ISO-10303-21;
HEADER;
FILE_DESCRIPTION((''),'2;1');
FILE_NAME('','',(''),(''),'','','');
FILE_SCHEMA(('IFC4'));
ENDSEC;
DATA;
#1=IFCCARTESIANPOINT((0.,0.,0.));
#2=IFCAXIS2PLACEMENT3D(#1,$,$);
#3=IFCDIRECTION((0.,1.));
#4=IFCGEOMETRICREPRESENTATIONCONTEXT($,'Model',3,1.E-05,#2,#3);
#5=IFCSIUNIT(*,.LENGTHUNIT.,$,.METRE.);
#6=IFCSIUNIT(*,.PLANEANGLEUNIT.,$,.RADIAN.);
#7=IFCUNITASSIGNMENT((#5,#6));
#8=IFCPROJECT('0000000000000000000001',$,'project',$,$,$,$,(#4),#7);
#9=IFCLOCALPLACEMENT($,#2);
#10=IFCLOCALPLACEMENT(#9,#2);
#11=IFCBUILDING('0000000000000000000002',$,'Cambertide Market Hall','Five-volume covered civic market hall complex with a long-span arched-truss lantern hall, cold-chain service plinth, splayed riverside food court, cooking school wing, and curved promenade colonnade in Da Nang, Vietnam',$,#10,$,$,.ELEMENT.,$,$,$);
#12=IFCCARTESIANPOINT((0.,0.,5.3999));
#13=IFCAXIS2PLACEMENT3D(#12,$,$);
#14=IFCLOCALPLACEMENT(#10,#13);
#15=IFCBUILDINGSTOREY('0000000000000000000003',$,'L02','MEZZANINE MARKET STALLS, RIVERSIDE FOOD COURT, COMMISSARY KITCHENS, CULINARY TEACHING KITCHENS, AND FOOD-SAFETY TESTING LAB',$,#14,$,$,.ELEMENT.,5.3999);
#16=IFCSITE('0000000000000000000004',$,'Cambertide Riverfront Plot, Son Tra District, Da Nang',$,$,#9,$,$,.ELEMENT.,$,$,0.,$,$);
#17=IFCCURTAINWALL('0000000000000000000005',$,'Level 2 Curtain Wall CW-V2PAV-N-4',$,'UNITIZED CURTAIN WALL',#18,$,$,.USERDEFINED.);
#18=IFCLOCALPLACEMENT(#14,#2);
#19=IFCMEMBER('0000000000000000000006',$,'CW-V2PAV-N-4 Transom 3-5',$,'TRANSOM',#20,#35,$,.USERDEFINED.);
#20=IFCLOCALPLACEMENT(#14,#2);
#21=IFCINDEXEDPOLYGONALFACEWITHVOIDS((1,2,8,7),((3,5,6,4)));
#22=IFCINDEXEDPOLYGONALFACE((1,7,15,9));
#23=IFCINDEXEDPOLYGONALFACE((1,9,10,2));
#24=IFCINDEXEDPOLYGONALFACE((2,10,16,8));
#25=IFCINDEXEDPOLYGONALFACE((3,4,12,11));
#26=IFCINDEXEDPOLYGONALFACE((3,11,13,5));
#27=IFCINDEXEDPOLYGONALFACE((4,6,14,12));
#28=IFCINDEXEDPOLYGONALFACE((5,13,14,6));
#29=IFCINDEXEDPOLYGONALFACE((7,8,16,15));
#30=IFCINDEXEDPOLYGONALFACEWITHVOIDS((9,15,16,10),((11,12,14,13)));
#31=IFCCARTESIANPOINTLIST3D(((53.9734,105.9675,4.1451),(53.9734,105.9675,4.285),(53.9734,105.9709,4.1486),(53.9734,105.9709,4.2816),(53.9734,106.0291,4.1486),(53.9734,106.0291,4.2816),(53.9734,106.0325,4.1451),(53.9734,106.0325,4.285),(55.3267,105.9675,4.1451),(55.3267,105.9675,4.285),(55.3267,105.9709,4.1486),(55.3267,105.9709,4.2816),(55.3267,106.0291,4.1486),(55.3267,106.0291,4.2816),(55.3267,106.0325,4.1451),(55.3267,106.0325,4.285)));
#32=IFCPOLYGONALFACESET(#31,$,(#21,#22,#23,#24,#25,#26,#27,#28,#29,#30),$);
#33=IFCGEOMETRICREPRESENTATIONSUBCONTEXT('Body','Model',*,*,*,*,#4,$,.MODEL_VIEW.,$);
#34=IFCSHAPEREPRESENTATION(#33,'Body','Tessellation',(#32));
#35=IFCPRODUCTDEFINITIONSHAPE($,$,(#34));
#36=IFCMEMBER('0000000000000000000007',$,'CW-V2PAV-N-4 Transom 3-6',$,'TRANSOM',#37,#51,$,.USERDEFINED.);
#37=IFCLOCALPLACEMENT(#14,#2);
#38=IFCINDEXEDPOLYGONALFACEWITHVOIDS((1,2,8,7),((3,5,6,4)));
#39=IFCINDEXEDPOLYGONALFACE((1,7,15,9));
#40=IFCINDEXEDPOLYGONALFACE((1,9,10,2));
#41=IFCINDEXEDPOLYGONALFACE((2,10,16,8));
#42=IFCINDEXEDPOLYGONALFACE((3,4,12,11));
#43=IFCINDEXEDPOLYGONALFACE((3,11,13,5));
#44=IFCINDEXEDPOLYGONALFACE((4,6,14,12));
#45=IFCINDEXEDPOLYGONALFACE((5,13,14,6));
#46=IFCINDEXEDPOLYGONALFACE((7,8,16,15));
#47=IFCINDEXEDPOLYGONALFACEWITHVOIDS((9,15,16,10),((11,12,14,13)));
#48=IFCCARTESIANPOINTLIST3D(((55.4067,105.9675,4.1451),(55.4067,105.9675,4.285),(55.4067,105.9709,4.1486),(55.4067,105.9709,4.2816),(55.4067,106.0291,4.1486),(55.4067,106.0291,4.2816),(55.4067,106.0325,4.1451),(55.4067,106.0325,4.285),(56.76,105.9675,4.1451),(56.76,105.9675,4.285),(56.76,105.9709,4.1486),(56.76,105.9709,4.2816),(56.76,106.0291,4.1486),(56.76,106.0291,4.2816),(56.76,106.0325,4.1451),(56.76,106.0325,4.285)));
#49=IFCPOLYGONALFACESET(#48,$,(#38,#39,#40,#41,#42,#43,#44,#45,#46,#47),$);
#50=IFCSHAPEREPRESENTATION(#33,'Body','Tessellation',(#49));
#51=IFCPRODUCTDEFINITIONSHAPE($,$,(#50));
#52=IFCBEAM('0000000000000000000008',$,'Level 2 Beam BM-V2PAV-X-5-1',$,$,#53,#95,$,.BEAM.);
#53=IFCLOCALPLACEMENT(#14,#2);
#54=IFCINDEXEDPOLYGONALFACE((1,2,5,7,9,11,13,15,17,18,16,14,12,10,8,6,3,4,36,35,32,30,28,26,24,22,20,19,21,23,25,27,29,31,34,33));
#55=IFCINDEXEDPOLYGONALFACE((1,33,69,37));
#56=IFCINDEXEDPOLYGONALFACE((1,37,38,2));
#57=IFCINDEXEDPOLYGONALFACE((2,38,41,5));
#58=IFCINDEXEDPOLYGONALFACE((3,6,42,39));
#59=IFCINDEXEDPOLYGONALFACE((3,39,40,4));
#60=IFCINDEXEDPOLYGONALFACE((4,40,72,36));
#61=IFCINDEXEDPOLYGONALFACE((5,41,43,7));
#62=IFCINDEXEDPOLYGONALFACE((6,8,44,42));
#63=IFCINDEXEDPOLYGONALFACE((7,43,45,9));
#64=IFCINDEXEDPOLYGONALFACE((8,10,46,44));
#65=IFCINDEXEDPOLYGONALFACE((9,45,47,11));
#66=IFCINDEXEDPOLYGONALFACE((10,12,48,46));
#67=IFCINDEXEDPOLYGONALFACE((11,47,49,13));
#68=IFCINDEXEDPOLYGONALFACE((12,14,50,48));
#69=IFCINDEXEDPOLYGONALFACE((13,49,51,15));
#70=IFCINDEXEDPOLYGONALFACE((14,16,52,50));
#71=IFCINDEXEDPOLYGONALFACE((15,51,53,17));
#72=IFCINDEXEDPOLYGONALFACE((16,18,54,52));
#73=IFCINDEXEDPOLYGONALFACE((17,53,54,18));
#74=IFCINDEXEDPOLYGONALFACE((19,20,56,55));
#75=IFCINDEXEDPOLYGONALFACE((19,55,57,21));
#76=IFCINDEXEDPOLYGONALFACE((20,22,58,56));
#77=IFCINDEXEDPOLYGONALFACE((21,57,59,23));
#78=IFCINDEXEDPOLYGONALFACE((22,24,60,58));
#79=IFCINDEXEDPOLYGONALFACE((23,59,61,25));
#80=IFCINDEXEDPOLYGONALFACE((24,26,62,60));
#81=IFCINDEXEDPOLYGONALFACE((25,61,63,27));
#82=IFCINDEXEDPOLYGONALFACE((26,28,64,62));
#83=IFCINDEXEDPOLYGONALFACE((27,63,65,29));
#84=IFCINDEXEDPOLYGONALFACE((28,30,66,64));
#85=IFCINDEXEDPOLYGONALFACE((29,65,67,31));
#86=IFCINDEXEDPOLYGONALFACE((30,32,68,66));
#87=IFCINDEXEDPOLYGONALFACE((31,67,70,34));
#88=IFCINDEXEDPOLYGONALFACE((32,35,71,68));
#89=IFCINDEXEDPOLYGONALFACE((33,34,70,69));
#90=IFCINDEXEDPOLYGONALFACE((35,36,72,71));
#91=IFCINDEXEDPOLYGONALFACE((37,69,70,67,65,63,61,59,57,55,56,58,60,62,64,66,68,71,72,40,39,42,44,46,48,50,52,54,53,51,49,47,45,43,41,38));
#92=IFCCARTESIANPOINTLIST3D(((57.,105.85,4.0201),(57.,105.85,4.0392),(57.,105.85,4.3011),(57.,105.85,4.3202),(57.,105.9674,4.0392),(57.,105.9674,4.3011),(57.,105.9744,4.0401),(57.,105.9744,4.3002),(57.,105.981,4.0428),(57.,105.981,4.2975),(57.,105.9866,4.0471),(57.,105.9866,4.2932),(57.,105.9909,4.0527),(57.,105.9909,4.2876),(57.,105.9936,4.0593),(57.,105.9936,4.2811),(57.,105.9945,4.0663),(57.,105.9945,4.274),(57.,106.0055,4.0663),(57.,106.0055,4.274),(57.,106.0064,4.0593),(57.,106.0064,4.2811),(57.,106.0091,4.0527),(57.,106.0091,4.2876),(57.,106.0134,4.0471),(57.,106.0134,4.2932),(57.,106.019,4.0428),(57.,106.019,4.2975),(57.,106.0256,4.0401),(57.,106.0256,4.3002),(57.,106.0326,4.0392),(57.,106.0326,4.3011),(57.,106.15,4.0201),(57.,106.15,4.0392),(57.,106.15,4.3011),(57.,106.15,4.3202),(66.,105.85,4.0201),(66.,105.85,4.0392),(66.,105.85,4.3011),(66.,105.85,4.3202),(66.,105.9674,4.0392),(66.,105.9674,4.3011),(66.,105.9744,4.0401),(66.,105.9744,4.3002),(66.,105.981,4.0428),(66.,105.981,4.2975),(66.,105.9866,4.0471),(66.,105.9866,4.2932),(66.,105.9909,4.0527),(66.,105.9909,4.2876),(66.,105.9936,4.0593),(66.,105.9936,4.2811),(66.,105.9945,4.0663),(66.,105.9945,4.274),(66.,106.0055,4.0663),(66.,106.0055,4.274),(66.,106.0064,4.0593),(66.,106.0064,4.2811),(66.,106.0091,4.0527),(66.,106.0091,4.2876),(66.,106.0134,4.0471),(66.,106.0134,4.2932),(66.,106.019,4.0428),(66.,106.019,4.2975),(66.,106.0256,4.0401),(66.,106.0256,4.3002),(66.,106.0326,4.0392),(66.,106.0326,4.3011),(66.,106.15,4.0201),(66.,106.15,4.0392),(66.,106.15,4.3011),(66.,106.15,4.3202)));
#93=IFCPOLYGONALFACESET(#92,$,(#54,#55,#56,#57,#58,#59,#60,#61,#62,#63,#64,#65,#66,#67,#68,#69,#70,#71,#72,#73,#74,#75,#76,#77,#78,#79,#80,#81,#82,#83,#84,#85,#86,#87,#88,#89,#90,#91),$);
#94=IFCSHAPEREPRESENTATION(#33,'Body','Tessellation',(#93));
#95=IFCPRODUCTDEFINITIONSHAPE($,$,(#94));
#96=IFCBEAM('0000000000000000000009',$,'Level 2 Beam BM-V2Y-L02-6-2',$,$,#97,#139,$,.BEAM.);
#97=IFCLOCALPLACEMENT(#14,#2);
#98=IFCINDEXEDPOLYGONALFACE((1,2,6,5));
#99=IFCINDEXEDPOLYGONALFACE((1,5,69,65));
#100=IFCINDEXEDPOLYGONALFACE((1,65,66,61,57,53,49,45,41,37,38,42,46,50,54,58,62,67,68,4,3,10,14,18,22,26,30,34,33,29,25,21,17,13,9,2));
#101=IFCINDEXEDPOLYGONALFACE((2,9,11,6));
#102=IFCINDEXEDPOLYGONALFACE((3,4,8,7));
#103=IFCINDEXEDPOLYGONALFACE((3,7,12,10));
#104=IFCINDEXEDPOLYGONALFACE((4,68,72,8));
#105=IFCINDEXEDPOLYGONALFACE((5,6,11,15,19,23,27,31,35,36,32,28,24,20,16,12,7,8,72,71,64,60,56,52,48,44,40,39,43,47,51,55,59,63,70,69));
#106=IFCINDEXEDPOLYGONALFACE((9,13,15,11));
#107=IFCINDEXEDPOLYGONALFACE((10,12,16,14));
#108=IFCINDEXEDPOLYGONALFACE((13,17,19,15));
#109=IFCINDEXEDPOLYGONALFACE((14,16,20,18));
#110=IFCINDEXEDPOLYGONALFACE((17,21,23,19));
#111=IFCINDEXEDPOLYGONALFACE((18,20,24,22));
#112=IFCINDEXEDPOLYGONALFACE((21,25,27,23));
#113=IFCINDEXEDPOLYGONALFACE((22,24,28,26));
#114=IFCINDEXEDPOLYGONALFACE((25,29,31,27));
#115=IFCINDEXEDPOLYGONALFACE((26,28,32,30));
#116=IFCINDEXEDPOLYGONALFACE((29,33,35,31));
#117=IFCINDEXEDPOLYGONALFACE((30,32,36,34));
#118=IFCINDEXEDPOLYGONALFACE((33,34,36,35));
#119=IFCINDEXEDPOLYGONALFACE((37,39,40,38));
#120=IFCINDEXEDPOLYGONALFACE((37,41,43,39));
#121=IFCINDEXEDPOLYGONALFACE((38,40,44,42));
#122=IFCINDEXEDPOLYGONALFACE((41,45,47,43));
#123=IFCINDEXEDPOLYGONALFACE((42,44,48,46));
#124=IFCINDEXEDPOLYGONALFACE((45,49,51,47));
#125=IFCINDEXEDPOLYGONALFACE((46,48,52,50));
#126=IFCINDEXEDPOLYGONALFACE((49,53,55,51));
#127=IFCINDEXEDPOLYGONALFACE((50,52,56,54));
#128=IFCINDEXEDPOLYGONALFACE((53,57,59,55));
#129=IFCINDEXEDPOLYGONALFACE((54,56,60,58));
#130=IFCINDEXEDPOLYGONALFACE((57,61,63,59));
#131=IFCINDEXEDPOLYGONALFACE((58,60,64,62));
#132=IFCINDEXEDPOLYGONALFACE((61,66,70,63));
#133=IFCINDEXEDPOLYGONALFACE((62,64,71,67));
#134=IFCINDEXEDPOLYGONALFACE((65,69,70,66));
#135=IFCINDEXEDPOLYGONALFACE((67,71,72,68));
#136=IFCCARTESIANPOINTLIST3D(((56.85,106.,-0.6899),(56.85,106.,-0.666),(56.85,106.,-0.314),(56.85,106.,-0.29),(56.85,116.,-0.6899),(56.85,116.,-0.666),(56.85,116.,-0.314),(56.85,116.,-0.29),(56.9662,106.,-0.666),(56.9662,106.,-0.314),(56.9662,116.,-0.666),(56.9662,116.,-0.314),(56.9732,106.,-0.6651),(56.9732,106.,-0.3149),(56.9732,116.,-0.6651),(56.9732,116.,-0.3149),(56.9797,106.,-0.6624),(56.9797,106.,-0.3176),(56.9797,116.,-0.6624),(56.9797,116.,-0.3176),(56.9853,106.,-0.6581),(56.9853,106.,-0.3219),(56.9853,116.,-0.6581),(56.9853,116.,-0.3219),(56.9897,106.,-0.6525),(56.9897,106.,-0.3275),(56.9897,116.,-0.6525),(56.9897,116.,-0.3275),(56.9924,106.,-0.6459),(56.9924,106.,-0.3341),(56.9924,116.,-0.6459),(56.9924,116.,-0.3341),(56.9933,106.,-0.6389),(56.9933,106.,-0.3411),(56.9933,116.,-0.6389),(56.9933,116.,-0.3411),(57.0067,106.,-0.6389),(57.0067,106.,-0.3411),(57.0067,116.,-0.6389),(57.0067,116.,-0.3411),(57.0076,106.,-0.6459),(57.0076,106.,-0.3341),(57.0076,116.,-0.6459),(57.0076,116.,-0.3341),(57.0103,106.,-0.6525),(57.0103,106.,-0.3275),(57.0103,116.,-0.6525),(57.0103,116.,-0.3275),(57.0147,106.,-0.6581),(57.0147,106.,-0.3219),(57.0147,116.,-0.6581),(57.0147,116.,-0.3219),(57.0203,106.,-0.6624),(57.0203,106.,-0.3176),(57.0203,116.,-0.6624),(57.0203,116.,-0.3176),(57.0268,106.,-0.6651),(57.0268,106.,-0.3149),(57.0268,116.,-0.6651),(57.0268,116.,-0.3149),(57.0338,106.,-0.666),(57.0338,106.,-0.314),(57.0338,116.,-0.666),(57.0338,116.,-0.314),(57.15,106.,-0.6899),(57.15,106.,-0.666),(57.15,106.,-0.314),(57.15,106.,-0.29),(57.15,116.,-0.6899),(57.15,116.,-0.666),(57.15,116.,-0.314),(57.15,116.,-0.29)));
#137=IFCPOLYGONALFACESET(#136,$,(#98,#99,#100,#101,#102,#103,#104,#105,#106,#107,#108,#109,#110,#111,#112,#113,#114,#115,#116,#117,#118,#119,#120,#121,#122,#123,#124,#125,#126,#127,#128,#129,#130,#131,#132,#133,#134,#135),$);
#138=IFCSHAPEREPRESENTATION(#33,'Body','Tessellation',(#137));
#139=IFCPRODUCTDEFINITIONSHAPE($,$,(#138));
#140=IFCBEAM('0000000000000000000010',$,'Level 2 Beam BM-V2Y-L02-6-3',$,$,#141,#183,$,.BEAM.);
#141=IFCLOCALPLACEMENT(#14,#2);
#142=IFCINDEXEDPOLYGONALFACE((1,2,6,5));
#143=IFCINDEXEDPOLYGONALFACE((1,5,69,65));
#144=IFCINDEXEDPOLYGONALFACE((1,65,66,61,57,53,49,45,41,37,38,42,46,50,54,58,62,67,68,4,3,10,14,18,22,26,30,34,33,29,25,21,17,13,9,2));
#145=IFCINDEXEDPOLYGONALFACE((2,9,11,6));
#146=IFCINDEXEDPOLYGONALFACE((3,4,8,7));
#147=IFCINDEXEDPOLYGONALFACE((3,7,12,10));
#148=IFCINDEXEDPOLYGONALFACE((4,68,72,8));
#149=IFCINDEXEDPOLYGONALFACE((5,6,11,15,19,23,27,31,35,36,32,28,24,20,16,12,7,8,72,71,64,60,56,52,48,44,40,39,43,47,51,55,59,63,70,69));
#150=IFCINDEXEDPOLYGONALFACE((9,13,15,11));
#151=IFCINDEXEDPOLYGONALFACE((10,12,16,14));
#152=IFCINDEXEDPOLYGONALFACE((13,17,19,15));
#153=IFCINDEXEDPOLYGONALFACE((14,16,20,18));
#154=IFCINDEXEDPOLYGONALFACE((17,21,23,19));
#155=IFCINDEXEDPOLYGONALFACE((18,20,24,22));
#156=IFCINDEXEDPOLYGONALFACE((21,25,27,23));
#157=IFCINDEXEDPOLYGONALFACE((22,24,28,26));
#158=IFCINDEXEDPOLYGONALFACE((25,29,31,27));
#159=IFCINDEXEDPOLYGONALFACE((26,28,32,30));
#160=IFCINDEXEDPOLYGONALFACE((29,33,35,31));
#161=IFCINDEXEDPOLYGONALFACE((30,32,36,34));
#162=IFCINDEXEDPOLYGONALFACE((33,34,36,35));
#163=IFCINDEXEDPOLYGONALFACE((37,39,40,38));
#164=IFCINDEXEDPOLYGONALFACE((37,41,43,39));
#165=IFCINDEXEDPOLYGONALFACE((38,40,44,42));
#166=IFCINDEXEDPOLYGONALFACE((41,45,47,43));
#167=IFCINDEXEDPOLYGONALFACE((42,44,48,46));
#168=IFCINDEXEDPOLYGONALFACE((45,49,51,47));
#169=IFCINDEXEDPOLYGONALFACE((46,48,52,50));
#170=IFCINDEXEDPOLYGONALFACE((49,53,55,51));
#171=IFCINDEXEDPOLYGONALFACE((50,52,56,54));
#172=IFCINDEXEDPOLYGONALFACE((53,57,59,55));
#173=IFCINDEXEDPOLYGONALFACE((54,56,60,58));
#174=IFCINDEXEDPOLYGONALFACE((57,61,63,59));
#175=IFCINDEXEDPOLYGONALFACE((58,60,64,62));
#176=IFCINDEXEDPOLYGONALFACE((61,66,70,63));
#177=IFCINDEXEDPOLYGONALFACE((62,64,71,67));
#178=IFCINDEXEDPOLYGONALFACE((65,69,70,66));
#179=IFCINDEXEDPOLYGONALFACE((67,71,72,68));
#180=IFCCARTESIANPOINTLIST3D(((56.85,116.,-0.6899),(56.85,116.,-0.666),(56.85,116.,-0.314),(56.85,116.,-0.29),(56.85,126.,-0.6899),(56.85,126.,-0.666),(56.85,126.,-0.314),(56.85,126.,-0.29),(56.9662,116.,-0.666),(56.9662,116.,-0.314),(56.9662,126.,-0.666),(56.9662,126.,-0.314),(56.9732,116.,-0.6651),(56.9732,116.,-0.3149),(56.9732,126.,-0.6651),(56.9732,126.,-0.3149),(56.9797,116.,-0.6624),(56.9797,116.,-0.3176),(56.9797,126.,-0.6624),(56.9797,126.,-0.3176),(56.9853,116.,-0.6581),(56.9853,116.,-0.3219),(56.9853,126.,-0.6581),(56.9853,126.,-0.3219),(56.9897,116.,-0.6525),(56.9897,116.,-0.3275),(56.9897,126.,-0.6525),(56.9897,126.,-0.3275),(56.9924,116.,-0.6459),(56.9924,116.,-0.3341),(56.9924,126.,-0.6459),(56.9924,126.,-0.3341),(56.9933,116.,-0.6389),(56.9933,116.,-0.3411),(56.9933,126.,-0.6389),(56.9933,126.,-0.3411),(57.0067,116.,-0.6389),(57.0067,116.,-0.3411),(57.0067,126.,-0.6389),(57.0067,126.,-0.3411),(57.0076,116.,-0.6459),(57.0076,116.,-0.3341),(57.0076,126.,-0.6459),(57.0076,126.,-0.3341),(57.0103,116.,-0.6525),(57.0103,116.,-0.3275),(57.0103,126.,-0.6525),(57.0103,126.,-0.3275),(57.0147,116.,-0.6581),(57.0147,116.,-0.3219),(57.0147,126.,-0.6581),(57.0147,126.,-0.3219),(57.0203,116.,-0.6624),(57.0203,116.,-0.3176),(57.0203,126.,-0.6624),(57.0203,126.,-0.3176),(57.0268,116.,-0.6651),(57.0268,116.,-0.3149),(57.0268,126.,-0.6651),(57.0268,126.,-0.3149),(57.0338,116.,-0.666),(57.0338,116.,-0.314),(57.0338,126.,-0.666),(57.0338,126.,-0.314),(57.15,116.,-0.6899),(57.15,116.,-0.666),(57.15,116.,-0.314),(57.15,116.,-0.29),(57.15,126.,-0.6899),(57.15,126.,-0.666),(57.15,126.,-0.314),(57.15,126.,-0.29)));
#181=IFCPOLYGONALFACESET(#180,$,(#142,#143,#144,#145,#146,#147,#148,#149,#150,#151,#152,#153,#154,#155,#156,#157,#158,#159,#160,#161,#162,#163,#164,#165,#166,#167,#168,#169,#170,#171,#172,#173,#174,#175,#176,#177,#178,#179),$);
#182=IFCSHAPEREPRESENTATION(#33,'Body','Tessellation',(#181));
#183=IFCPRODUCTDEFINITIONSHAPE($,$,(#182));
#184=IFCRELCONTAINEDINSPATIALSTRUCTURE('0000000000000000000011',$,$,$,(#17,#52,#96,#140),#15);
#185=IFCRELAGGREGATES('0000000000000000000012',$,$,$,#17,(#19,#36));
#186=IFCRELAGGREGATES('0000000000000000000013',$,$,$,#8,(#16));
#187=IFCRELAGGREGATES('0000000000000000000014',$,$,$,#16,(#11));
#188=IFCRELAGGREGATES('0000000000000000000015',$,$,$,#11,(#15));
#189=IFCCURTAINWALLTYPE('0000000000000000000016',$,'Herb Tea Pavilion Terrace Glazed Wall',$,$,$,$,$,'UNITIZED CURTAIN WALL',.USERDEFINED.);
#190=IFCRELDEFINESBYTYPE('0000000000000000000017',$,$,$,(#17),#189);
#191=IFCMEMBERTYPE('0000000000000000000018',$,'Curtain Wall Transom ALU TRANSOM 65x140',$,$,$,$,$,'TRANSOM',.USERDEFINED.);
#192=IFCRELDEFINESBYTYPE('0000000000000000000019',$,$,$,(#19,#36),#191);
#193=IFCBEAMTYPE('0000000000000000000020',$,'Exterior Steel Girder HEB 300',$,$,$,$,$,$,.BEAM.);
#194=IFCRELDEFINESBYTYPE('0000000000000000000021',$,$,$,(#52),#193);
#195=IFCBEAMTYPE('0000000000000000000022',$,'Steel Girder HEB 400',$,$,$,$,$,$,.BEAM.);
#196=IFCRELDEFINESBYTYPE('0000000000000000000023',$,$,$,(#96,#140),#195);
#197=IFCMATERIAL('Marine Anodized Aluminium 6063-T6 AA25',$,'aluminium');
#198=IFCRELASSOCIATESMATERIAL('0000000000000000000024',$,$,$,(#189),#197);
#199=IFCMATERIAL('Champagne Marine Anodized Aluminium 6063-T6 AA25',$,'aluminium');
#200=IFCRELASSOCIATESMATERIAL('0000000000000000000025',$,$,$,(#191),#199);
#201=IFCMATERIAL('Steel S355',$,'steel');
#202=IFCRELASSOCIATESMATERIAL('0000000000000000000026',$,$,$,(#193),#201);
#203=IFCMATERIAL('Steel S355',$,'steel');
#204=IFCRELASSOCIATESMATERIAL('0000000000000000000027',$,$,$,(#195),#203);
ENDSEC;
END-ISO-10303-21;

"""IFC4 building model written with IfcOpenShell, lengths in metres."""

from ifc_helpers import new_model, si_unit, direction, frame, origin, origin_2d, place, context, subcontext, project, spatial, hollow_rectangle, i_section, extrude, material, material_profile, profile_set, type_object, element, aggregate, save


model = new_model("IFC4")

# Units and contexts
model_context = context("Model", 3, precision=1e-05, world=origin(), true_north=direction((0.0, 1.0)))
body_context = subcontext(model_context, "Body", "Model", "MODEL_VIEW")
ifc_project = project(units=[si_unit("LENGTHUNIT", "METRE"), si_unit("PLANEANGLEUNIT", "RADIAN")], contexts=[model_context])

# Site, building, storey
site_placement = place(None, origin())
site = spatial("IfcSite", under=ifc_project, at=site_placement, Name="Cambertide Riverfront Plot, Son Tra District, Da Nang", CompositionType="ELEMENT", RefElevation=0.0)
building_placement = place(site_placement, origin())
building = spatial("IfcBuilding", under=site, at=building_placement, Name="Cambertide Market Hall", Description="Five-volume covered civic market hall complex with a long-span arched-truss lantern hall, cold-chain service plinth, splayed riverside food court, cooking school wing, and curved promenade colonnade in Da Nang, Vietnam", CompositionType="ELEMENT")
storey_placement = place(building_placement, frame((0.0, 0.0, 5.3999)))
storey = spatial("IfcBuildingStorey", under=building, at=storey_placement, Name="L02", Description="MEZZANINE MARKET STALLS, RIVERSIDE FOOD COURT, COMMISSARY KITCHENS, CULINARY TEACHING KITCHENS, AND FOOD-SAFETY TESTING LAB", CompositionType="ELEMENT", Elevation=5.3999)

# Curtain wall, members
ifc_material_1 = material(Name="Marine Anodized Aluminium 6063-T6 AA25", Category="aluminium")
curtain_wall_type = type_object("IfcCurtainWallType", Name="Herb Tea Pavilion Terrace Glazed Wall", ElementType="UNITIZED CURTAIN WALL", PredefinedType="USERDEFINED", material=ifc_material_1)
curtain_wall_placement = place(storey_placement, origin())
curtain_wall = element("IfcCurtainWall", 1, at=curtain_wall_placement, inside=storey, type_object=curtain_wall_type, Name="Level 2 Curtain Wall CW-V2PAV-N-4", ObjectType="UNITIZED CURTAIN WALL", PredefinedType="USERDEFINED")
ifc_material_2 = material(Name="Champagne Marine Anodized Aluminium 6063-T6 AA25", Category="aluminium")
ifc_material_profile_1 = material_profile(ifc_material_2, hollow_rectangle(XDim=0.0649, YDim=0.1399, WallThickness=0.0034, at=origin_2d()), Name="ALU TRANSOM 65x140")
ifc_profile_set_1 = profile_set([ifc_material_profile_1], Name="Champagne Marine Anodized Aluminium 6063-T6 AA25")
member_type_1 = type_object("IfcMemberType", Name="Curtain Wall Transom ALU TRANSOM 65x140", ElementType="TRANSOM", PredefinedType="USERDEFINED", material=ifc_profile_set_1)
member_1_placement = place(storey_placement, frame((53.9734, 106.0, 4.2151), z_axis=(1.0, 0.0, 0.0), x_axis=(0.0, 1.0, 0.0)))
member_1 = element("IfcMember", 2, at=member_1_placement, type_object=member_type_1, Name="CW-V2PAV-N-4 Transom 3-5", ObjectType="TRANSOM", PredefinedType="USERDEFINED", context=body_context, shape_type="SweptSolid", body=[
    extrude(hollow_rectangle(XDim=0.0649, YDim=0.1399, WallThickness=0.0034, at=origin_2d()), origin(), (0.0, 0.0, 1.0), 1.3533),
])
member_2_placement = place(storey_placement, frame((55.4067, 106.0, 4.2151), z_axis=(1.0, 0.0, 0.0), x_axis=(0.0, 1.0, 0.0)))
member_2 = element("IfcMember", 3, at=member_2_placement, type_object=member_type_1, Name="CW-V2PAV-N-4 Transom 3-6", ObjectType="TRANSOM", PredefinedType="USERDEFINED", context=body_context, shape_type="SweptSolid", body=[
    extrude(hollow_rectangle(XDim=0.0649, YDim=0.1399, WallThickness=0.0034, at=origin_2d()), origin(), (0.0, 0.0, 1.0), 1.3533),
])

# Beams
ifc_material_3 = material(Name="Steel S355", Category="steel")
ifc_material_profile_2 = material_profile(ifc_material_3, i_section(OverallWidth=0.3, OverallDepth=0.3, WebThickness=0.011, FlangeThickness=0.019, FilletRadius=0.0271, at=origin_2d()), Name="HEB 300")
ifc_profile_set_2 = profile_set([ifc_material_profile_2], Name="Steel S355")
beam_type_1 = type_object("IfcBeamType", Name="Exterior Steel Girder HEB 300", PredefinedType="BEAM", material=ifc_profile_set_2)
beam_1_placement = place(storey_placement, frame((57.0, 106.0, 4.1702), z_axis=(1.0, 0.0, 0.0), x_axis=(0.0, 1.0, 0.0)))
element("IfcBeam", 4, at=beam_1_placement, inside=storey, type_object=beam_type_1, Name="Level 2 Beam BM-V2PAV-X-5-1", PredefinedType="BEAM", context=body_context, shape_type="SweptSolid", body=[
    extrude(i_section(OverallWidth=0.3, OverallDepth=0.3, WebThickness=0.011, FlangeThickness=0.019, FilletRadius=0.0271, at=origin_2d()), origin(), (0.0, 0.0, 1.0), 9.0),
])
ifc_material_4 = material(Name="Steel S355", Category="steel")
ifc_material_profile_3 = material_profile(ifc_material_4, i_section(OverallWidth=0.3, OverallDepth=0.3999, WebThickness=0.0134, FlangeThickness=0.0239, FilletRadius=0.0271, at=origin_2d()), Name="HEB 400")
ifc_profile_set_3 = profile_set([ifc_material_profile_3], Name="Steel S355")
beam_type_2 = type_object("IfcBeamType", Name="Steel Girder HEB 400", PredefinedType="BEAM", material=ifc_profile_set_3)
for number, where, z_axis, x_axis, name in (
    (5, (57.0, 106.0, -0.49), (0.0, 1.0, 0.0), (-1.0, 0.0, 0.0), "Level 2 Beam BM-V2Y-L02-6-2"),
    (6, (57.0, 116.0, -0.49), (0.0, 1.0, 0.0), (-1.0, 0.0, 0.0), "Level 2 Beam BM-V2Y-L02-6-3"),
):
    element("IfcBeam", number, at=place(storey_placement, frame(where, z_axis=z_axis, x_axis=x_axis)), inside=storey, type_object=beam_type_2, Name=name, PredefinedType="BEAM", context=body_context, shape_type="SweptSolid", body=[
        extrude(i_section(OverallWidth=0.3, OverallDepth=0.3999, WebThickness=0.0134, FlangeThickness=0.0239, FilletRadius=0.0271, at=origin_2d()), origin(), (0.0, 0.0, 1.0), 10.0),
    ])

aggregate(curtain_wall, [member_1, member_2])

save(model, "model.ifc")
